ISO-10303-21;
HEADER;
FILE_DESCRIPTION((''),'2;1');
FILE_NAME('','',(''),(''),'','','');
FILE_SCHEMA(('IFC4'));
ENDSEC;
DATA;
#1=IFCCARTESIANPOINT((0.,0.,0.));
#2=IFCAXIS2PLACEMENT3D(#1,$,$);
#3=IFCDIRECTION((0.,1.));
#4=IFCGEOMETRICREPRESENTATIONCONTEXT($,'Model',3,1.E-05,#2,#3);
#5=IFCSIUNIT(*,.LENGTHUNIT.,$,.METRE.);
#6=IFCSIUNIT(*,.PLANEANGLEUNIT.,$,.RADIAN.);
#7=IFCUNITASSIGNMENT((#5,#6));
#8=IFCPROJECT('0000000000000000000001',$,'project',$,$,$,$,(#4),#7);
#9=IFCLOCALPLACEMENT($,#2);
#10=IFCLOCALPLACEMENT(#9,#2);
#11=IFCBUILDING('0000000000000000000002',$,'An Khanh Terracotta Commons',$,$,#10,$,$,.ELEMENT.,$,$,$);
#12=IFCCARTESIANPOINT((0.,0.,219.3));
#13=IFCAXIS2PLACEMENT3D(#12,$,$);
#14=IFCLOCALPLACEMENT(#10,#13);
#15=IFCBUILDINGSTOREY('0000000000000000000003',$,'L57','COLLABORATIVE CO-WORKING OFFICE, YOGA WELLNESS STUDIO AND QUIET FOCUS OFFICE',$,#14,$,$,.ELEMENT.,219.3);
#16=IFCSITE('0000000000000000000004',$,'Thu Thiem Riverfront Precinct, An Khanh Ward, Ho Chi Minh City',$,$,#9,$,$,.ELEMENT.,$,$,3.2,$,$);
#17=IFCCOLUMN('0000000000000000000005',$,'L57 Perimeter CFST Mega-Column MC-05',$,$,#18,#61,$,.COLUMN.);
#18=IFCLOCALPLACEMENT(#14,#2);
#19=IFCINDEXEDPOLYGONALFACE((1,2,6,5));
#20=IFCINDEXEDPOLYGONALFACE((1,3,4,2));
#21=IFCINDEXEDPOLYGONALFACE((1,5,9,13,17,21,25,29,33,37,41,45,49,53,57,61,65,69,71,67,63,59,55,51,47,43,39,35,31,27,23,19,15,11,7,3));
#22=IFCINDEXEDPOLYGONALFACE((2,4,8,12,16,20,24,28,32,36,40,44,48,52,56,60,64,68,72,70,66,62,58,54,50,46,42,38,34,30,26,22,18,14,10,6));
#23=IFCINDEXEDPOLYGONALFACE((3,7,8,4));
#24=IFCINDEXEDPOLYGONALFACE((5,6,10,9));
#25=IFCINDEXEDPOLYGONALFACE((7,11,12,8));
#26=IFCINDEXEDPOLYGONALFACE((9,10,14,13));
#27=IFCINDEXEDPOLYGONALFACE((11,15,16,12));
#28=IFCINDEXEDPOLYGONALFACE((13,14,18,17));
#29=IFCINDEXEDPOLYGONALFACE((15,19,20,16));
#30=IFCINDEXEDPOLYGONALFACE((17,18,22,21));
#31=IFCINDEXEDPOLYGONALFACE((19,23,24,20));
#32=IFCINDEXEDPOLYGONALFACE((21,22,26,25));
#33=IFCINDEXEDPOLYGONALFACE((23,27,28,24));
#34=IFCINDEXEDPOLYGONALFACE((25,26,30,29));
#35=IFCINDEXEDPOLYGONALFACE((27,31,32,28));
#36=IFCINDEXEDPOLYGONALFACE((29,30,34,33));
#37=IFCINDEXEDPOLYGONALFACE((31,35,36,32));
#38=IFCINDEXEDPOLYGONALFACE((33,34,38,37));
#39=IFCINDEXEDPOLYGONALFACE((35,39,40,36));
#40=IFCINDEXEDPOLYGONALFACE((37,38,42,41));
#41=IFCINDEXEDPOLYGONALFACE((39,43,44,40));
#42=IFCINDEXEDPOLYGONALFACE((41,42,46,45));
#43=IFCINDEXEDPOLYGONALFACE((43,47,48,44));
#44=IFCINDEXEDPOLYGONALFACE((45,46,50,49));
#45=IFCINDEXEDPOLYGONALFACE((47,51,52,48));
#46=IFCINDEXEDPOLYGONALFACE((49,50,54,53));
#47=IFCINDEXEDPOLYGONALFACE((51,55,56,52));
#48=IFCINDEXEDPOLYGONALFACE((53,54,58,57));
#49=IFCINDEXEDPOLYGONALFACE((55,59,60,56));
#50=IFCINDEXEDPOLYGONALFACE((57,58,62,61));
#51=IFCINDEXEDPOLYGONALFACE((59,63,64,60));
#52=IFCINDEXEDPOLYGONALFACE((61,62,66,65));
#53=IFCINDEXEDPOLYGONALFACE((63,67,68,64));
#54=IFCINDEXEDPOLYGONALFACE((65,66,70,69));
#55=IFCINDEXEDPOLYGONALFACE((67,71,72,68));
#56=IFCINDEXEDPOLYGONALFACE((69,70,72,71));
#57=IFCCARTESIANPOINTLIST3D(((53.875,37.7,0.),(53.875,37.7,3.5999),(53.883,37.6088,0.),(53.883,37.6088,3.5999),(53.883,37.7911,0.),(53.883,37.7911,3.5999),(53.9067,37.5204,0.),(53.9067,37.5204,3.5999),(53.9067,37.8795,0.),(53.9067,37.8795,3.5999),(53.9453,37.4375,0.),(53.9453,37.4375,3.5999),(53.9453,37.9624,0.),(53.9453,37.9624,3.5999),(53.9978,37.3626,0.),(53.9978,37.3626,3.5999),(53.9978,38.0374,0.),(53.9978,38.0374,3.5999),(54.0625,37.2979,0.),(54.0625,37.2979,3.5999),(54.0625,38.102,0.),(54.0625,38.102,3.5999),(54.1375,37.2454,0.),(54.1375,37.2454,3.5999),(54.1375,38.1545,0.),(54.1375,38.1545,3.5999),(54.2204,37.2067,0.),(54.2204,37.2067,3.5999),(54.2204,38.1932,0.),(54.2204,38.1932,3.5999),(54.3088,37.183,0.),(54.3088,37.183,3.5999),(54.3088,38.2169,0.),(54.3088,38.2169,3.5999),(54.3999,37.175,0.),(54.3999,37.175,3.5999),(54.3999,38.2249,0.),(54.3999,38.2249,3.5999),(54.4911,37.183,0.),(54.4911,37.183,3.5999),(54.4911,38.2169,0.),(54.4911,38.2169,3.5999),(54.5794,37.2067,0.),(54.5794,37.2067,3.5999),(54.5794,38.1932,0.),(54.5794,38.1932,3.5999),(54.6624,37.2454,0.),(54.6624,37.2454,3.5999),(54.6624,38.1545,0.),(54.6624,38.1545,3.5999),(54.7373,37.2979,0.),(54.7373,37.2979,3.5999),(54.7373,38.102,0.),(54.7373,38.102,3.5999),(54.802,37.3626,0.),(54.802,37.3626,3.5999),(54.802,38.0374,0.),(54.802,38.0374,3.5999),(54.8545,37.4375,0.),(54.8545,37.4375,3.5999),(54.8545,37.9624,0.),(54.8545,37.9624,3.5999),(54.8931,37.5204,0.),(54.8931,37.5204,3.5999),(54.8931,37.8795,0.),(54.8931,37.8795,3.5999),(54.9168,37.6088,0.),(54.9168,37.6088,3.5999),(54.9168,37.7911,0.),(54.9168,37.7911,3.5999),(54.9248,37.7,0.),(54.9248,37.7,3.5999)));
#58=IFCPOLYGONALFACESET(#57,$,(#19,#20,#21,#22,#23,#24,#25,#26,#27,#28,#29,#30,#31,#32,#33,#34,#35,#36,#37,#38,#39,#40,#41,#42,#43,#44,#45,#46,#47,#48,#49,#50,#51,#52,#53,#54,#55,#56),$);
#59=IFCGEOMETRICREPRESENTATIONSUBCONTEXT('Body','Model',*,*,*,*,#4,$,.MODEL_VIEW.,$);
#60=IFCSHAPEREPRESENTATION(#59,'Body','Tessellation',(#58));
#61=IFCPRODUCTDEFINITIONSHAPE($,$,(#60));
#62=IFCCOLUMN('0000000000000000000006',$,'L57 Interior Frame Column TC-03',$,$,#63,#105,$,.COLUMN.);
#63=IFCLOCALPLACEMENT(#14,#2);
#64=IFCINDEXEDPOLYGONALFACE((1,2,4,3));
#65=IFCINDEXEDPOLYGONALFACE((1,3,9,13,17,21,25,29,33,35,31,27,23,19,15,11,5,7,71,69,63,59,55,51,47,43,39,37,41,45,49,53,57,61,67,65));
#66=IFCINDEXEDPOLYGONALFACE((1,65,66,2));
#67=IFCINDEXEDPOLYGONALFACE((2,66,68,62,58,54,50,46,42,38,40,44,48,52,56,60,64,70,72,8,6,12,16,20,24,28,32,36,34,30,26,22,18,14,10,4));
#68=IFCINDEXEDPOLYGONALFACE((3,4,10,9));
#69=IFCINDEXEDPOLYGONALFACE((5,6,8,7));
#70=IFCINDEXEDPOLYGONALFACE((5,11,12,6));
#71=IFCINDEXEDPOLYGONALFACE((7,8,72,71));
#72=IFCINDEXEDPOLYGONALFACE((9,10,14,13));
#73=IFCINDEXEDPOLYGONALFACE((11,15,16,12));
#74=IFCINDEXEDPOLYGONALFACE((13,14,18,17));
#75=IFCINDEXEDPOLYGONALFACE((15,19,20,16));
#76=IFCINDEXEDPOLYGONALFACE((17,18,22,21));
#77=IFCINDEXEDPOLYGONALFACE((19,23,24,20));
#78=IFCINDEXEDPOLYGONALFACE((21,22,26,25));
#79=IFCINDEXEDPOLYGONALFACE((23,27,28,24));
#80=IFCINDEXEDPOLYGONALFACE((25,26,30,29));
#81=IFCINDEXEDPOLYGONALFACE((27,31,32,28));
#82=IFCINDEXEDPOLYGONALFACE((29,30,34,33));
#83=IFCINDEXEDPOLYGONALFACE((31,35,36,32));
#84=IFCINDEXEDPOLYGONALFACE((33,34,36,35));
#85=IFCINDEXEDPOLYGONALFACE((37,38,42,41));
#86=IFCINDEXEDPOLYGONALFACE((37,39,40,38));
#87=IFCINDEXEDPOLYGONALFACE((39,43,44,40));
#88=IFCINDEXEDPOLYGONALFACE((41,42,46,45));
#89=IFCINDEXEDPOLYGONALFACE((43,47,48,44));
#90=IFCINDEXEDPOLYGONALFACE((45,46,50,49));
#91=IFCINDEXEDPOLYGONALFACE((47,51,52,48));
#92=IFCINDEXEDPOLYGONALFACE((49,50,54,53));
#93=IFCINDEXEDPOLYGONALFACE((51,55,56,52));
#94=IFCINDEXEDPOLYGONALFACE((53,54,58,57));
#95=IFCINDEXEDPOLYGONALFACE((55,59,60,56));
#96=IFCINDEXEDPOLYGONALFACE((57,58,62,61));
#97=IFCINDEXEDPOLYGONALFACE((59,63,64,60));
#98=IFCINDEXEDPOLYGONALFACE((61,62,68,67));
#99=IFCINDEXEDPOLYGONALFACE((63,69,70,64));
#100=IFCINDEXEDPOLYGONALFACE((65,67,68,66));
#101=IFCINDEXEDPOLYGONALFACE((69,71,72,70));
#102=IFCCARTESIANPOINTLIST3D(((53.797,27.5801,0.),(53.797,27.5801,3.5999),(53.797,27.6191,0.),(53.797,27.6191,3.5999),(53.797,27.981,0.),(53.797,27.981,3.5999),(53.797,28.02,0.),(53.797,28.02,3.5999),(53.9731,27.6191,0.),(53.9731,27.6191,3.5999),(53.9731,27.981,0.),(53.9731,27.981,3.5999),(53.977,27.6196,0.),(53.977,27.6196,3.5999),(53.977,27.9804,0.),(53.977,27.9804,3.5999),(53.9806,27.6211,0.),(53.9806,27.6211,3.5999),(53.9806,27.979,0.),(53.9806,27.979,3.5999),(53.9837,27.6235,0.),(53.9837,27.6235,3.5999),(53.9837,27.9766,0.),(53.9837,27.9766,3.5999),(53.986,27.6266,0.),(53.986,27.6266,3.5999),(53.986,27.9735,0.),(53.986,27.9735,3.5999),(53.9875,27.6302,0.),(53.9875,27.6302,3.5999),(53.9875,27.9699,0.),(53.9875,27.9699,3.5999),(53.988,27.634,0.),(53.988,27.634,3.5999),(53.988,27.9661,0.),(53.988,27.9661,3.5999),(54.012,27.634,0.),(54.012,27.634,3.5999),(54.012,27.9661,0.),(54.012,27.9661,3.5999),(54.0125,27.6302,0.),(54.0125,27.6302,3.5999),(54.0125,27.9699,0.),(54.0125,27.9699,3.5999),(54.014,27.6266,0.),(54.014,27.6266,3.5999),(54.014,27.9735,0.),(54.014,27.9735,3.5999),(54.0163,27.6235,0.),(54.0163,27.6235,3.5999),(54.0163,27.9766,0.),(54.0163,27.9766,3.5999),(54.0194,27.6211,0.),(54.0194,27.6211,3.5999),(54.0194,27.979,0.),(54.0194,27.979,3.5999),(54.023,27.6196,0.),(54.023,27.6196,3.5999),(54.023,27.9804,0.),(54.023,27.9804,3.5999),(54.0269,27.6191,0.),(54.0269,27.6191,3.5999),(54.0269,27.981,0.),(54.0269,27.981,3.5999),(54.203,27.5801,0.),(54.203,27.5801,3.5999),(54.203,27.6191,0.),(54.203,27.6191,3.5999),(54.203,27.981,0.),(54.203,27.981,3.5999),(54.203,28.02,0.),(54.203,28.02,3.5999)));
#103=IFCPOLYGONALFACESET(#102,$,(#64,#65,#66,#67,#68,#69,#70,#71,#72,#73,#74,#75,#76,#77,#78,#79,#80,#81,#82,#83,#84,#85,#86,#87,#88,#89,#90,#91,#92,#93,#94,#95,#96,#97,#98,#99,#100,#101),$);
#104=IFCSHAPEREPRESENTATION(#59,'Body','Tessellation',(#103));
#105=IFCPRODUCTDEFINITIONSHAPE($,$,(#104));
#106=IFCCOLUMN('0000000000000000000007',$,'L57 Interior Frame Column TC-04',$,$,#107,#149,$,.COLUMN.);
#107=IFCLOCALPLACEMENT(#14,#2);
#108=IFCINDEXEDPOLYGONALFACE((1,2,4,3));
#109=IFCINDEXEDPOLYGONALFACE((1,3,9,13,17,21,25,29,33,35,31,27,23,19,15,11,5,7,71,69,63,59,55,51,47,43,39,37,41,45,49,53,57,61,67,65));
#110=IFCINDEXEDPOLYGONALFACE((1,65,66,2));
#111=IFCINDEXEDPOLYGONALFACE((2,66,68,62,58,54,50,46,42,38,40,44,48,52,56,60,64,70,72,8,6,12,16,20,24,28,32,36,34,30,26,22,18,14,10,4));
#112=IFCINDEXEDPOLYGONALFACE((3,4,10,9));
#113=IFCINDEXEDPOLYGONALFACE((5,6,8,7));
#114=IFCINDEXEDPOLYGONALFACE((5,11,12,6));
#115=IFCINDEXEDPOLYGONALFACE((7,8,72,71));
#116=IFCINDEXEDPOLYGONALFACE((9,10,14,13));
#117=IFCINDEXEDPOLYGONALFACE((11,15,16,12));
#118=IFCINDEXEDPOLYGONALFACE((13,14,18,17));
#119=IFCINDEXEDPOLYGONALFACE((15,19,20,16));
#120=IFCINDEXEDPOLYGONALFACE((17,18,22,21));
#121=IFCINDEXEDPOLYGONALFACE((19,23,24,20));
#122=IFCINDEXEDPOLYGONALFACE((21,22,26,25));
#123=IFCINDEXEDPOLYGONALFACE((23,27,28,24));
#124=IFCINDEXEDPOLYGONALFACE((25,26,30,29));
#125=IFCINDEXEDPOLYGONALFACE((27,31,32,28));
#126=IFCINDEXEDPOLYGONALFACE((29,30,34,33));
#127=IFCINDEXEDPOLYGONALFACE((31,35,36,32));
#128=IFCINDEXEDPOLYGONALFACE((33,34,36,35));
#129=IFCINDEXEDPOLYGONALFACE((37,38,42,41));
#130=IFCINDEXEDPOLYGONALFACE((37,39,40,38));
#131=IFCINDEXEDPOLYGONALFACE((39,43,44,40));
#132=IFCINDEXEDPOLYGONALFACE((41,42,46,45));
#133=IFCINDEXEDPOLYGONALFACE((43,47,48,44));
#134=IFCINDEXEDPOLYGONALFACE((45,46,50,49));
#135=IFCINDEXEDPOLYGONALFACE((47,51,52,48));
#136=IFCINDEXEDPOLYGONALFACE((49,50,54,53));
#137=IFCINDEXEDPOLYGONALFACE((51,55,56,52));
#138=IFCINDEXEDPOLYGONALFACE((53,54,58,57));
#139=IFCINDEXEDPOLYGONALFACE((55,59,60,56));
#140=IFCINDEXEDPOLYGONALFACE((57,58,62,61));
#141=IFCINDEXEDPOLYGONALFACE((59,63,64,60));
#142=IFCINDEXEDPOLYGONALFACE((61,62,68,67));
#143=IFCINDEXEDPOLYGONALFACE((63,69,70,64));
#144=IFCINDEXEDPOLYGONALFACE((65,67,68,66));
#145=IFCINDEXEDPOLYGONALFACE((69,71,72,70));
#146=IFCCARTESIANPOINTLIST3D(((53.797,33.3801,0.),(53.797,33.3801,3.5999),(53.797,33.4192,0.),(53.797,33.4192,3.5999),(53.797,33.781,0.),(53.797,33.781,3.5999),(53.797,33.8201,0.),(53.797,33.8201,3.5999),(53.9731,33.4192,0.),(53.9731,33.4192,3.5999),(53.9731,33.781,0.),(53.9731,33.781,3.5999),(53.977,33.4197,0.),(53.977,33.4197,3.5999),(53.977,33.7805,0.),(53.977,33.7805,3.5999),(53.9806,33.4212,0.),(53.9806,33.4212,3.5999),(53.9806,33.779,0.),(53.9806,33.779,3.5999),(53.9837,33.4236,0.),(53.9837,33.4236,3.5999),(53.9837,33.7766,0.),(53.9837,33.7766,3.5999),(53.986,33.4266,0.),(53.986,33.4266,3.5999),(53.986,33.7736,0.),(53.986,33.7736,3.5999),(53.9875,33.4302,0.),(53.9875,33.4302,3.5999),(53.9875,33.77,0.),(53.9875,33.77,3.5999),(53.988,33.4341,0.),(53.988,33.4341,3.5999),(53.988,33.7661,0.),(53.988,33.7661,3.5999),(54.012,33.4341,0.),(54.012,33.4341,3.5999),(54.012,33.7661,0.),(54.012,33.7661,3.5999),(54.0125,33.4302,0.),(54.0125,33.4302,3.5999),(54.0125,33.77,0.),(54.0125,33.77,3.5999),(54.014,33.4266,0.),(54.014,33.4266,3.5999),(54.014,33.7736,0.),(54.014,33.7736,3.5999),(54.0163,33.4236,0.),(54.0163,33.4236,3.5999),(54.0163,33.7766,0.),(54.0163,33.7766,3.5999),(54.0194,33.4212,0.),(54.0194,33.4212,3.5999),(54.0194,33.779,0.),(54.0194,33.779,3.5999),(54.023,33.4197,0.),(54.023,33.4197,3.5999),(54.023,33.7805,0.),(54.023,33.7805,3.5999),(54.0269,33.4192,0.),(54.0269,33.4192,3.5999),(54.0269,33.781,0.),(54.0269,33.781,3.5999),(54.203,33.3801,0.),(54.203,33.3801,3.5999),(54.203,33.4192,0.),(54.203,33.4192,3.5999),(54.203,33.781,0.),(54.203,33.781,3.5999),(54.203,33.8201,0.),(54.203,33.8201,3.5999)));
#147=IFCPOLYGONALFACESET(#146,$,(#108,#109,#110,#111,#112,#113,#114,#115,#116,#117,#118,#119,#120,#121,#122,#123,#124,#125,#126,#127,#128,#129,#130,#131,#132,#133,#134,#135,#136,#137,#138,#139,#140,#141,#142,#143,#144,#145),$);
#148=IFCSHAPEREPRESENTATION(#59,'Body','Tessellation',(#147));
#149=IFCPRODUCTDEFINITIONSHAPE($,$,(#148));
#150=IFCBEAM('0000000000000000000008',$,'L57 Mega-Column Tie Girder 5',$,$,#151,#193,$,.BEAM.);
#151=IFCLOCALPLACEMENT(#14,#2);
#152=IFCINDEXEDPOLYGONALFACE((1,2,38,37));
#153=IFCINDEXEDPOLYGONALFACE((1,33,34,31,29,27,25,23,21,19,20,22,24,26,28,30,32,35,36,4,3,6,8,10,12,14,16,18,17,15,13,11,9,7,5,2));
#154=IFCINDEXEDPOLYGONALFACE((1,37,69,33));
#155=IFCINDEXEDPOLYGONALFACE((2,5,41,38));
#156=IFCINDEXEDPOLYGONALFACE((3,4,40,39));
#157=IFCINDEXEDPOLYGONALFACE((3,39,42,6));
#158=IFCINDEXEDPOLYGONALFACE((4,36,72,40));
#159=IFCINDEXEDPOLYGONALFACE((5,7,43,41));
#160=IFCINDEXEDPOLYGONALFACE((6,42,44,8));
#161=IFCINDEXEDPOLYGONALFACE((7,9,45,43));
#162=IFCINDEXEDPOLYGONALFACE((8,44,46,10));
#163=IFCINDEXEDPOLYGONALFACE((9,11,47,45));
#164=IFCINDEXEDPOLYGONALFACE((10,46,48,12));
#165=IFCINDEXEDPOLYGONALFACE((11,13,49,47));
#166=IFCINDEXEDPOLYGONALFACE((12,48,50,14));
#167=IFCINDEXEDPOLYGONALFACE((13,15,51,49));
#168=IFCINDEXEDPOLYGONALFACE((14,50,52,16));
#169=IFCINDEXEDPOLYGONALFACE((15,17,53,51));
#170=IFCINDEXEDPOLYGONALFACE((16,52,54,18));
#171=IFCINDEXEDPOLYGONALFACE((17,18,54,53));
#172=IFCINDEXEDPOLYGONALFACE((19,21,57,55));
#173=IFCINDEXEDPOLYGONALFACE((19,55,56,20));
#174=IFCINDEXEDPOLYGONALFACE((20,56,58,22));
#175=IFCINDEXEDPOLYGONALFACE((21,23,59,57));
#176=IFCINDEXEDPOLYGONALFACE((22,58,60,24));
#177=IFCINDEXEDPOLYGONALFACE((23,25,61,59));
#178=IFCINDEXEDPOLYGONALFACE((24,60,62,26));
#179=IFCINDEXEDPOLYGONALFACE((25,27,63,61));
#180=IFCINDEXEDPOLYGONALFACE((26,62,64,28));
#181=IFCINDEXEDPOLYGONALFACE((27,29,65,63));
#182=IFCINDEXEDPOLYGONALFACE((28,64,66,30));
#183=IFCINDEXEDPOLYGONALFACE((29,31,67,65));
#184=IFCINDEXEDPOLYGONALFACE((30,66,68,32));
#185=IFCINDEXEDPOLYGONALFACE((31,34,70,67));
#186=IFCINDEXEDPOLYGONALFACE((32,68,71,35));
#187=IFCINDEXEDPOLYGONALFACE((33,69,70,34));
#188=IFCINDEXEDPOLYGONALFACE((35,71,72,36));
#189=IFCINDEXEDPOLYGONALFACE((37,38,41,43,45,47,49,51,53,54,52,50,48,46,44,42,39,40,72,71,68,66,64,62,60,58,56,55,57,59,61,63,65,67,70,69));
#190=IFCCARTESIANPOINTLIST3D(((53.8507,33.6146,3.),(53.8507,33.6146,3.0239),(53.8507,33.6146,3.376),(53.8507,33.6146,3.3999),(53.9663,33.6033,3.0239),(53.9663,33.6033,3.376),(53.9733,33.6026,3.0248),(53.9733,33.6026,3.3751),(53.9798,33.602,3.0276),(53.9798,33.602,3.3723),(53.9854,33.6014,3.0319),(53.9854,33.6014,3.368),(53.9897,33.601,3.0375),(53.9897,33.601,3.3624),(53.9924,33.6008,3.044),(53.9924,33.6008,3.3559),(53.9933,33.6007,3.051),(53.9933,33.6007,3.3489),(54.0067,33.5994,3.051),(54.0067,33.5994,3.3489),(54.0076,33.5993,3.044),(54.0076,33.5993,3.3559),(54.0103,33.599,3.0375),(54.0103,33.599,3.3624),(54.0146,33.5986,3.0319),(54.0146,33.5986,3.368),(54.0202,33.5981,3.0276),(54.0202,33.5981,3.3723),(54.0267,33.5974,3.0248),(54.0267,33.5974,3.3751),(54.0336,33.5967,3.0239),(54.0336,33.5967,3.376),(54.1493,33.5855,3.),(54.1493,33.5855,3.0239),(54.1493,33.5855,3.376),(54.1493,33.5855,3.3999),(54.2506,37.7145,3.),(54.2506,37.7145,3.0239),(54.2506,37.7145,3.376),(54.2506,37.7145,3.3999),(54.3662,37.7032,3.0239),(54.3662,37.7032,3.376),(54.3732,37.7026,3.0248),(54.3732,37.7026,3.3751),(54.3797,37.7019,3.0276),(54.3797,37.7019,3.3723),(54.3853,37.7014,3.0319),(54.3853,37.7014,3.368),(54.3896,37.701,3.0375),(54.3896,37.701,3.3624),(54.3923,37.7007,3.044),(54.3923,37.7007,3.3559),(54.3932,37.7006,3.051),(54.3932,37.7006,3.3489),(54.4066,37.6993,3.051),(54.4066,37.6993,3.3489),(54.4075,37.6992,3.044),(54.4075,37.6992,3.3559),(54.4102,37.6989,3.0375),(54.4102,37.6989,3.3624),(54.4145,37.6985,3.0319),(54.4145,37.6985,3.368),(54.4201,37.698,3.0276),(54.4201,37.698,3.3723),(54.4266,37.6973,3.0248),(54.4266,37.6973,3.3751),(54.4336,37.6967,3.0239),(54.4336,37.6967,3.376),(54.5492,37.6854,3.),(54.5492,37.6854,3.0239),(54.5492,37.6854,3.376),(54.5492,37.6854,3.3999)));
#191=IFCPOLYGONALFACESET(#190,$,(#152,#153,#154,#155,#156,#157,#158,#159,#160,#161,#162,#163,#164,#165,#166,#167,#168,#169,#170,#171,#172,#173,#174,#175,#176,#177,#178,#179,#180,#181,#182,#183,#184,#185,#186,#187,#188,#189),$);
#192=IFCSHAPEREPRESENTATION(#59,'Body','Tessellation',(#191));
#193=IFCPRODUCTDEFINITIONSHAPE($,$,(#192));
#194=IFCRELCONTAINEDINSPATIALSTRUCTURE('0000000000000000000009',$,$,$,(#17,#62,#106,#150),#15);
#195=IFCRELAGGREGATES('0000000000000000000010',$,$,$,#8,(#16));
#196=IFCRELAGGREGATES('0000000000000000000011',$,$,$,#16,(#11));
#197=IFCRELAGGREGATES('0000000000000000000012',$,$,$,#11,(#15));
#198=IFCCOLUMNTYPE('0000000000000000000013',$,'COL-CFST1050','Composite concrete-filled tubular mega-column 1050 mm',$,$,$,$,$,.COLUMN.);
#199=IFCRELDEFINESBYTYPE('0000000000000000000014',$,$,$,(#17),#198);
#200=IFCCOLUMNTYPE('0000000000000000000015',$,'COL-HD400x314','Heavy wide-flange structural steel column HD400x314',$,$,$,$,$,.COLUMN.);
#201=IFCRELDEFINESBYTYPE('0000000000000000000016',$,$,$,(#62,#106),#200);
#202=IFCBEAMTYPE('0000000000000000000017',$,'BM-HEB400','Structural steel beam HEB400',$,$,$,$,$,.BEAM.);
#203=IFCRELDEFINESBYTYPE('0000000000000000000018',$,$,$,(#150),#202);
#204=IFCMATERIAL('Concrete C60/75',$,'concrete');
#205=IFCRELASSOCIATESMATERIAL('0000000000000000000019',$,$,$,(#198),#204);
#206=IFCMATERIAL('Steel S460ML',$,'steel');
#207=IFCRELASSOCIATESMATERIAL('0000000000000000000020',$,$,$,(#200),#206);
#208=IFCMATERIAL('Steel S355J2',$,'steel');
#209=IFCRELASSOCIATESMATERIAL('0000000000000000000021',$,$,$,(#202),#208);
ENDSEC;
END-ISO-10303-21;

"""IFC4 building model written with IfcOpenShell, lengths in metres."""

from ifc_helpers import new_model, si_unit, direction, frame, origin, origin_2d, place, context, subcontext, project, spatial, circle, i_section, extrude, material, material_profile, profile_set, type_object, element, save


model = new_model("IFC4")

# Units and contexts
model_context = context("Model", 3, precision=1e-05, world=origin(), true_north=direction((0.0, 1.0)))
body_context = subcontext(model_context, "Body", "Model", "MODEL_VIEW")
ifc_project = project(units=[si_unit("LENGTHUNIT", "METRE"), si_unit("PLANEANGLEUNIT", "RADIAN")], contexts=[model_context])

# Site, building, storey
site_placement = place(None, origin())
site = spatial("IfcSite", under=ifc_project, at=site_placement, Name="Thu Thiem Riverfront Precinct, An Khanh Ward, Ho Chi Minh City", CompositionType="ELEMENT", RefElevation=3.2)
building_placement = place(site_placement, origin())
building = spatial("IfcBuilding", under=site, at=building_placement, Name="An Khanh Terracotta Commons", CompositionType="ELEMENT")
storey_placement = place(building_placement, frame((0.0, 0.0, 219.3)))
storey = spatial("IfcBuildingStorey", under=building, at=storey_placement, Name="L57", Description="COLLABORATIVE CO-WORKING OFFICE, YOGA WELLNESS STUDIO AND QUIET FOCUS OFFICE", CompositionType="ELEMENT", Elevation=219.3)

# Columns
ifc_material_1 = material(Name="Concrete C60/75", Category="concrete")
ifc_material_profile_1 = material_profile(ifc_material_1, circle(Radius=0.5249, at=origin_2d()), Name="CFST1050")
ifc_profile_set_1 = profile_set([ifc_material_profile_1], Name="Concrete C60/75")
column_type_1 = type_object("IfcColumnType", Name="COL-CFST1050", Description="Composite concrete-filled tubular mega-column 1050 mm", PredefinedType="COLUMN", material=ifc_profile_set_1)
column_placement = place(storey_placement, frame((54.3999, 37.7, 0.0), z_axis=(0.0, 0.0, 1.0), x_axis=(1.0, 0.0, 0.0)))
element("IfcColumn", 1, at=column_placement, inside=storey, type_object=column_type_1, Name="L57 Perimeter CFST Mega-Column MC-05", PredefinedType="COLUMN", context=body_context, shape_type="SweptSolid", body=[
    extrude(circle(Radius=0.5249, at=origin_2d()), origin(), (0.0, 0.0, 1.0), 3.5999),
])
ifc_material_2 = material(Name="Steel S460ML", Category="steel")
ifc_material_profile_2 = material_profile(ifc_material_2, i_section(OverallWidth=0.406, OverallDepth=0.4399, WebThickness=0.0239, FlangeThickness=0.0391, FilletRadius=0.0149, at=origin_2d()), Name="HD400x314")
ifc_profile_set_2 = profile_set([ifc_material_profile_2], Name="Steel S460ML")
column_type_2 = type_object("IfcColumnType", Name="COL-HD400x314", Description="Heavy wide-flange structural steel column HD400x314", PredefinedType="COLUMN", material=ifc_profile_set_2)
for number, where, z_axis, x_axis, name in (
    (2, (54.0, 27.8, 0.0), (0.0, 0.0, 1.0), (1.0, 0.0, 0.0), "L57 Interior Frame Column TC-03"),
    (3, (54.0, 33.6001, 0.0), (0.0, 0.0, 1.0), (1.0, 0.0, 0.0), "L57 Interior Frame Column TC-04"),
):
    element("IfcColumn", number, at=place(storey_placement, frame(where, z_axis=z_axis, x_axis=x_axis)), inside=storey, type_object=column_type_2, Name=name, PredefinedType="COLUMN", context=body_context, shape_type="SweptSolid", body=[
        extrude(i_section(OverallWidth=0.406, OverallDepth=0.4399, WebThickness=0.0239, FlangeThickness=0.0391, FilletRadius=0.0149, at=origin_2d()), origin(), (0.0, 0.0, 1.0), 3.5999),
    ])

# Beam
ifc_material_3 = material(Name="Steel S355J2", Category="steel")
ifc_material_profile_3 = material_profile(ifc_material_3, i_section(OverallWidth=0.3, OverallDepth=0.3999, WebThickness=0.0134, FlangeThickness=0.0239, FilletRadius=0.0271, at=origin_2d()), Name="HEB400")
ifc_profile_set_3 = profile_set([ifc_material_profile_3], Name="Steel S355J2")
beam_type_1 = type_object("IfcBeamType", Name="BM-HEB400", Description="Structural steel beam HEB400", PredefinedType="BEAM", material=ifc_profile_set_3)
beam_1_placement = place(storey_placement, frame((54.3999, 37.7, 3.2), z_axis=(-0.09708, -0.995277, 0.0), x_axis=(0.995277, -0.09708, 0.0)))
element("IfcBeam", 4, at=beam_1_placement, inside=storey, type_object=beam_type_1, Name="L57 Mega-Column Tie Girder 5", PredefinedType="BEAM", context=body_context, shape_type="SweptSolid", body=[
    extrude(i_section(OverallWidth=0.3, OverallDepth=0.3999, WebThickness=0.0134, FlangeThickness=0.0239, FilletRadius=0.0271, at=origin_2d()), origin(), (0.0, 0.0, 1.0), 4.1194),
])

save(model, "model.ifc")
